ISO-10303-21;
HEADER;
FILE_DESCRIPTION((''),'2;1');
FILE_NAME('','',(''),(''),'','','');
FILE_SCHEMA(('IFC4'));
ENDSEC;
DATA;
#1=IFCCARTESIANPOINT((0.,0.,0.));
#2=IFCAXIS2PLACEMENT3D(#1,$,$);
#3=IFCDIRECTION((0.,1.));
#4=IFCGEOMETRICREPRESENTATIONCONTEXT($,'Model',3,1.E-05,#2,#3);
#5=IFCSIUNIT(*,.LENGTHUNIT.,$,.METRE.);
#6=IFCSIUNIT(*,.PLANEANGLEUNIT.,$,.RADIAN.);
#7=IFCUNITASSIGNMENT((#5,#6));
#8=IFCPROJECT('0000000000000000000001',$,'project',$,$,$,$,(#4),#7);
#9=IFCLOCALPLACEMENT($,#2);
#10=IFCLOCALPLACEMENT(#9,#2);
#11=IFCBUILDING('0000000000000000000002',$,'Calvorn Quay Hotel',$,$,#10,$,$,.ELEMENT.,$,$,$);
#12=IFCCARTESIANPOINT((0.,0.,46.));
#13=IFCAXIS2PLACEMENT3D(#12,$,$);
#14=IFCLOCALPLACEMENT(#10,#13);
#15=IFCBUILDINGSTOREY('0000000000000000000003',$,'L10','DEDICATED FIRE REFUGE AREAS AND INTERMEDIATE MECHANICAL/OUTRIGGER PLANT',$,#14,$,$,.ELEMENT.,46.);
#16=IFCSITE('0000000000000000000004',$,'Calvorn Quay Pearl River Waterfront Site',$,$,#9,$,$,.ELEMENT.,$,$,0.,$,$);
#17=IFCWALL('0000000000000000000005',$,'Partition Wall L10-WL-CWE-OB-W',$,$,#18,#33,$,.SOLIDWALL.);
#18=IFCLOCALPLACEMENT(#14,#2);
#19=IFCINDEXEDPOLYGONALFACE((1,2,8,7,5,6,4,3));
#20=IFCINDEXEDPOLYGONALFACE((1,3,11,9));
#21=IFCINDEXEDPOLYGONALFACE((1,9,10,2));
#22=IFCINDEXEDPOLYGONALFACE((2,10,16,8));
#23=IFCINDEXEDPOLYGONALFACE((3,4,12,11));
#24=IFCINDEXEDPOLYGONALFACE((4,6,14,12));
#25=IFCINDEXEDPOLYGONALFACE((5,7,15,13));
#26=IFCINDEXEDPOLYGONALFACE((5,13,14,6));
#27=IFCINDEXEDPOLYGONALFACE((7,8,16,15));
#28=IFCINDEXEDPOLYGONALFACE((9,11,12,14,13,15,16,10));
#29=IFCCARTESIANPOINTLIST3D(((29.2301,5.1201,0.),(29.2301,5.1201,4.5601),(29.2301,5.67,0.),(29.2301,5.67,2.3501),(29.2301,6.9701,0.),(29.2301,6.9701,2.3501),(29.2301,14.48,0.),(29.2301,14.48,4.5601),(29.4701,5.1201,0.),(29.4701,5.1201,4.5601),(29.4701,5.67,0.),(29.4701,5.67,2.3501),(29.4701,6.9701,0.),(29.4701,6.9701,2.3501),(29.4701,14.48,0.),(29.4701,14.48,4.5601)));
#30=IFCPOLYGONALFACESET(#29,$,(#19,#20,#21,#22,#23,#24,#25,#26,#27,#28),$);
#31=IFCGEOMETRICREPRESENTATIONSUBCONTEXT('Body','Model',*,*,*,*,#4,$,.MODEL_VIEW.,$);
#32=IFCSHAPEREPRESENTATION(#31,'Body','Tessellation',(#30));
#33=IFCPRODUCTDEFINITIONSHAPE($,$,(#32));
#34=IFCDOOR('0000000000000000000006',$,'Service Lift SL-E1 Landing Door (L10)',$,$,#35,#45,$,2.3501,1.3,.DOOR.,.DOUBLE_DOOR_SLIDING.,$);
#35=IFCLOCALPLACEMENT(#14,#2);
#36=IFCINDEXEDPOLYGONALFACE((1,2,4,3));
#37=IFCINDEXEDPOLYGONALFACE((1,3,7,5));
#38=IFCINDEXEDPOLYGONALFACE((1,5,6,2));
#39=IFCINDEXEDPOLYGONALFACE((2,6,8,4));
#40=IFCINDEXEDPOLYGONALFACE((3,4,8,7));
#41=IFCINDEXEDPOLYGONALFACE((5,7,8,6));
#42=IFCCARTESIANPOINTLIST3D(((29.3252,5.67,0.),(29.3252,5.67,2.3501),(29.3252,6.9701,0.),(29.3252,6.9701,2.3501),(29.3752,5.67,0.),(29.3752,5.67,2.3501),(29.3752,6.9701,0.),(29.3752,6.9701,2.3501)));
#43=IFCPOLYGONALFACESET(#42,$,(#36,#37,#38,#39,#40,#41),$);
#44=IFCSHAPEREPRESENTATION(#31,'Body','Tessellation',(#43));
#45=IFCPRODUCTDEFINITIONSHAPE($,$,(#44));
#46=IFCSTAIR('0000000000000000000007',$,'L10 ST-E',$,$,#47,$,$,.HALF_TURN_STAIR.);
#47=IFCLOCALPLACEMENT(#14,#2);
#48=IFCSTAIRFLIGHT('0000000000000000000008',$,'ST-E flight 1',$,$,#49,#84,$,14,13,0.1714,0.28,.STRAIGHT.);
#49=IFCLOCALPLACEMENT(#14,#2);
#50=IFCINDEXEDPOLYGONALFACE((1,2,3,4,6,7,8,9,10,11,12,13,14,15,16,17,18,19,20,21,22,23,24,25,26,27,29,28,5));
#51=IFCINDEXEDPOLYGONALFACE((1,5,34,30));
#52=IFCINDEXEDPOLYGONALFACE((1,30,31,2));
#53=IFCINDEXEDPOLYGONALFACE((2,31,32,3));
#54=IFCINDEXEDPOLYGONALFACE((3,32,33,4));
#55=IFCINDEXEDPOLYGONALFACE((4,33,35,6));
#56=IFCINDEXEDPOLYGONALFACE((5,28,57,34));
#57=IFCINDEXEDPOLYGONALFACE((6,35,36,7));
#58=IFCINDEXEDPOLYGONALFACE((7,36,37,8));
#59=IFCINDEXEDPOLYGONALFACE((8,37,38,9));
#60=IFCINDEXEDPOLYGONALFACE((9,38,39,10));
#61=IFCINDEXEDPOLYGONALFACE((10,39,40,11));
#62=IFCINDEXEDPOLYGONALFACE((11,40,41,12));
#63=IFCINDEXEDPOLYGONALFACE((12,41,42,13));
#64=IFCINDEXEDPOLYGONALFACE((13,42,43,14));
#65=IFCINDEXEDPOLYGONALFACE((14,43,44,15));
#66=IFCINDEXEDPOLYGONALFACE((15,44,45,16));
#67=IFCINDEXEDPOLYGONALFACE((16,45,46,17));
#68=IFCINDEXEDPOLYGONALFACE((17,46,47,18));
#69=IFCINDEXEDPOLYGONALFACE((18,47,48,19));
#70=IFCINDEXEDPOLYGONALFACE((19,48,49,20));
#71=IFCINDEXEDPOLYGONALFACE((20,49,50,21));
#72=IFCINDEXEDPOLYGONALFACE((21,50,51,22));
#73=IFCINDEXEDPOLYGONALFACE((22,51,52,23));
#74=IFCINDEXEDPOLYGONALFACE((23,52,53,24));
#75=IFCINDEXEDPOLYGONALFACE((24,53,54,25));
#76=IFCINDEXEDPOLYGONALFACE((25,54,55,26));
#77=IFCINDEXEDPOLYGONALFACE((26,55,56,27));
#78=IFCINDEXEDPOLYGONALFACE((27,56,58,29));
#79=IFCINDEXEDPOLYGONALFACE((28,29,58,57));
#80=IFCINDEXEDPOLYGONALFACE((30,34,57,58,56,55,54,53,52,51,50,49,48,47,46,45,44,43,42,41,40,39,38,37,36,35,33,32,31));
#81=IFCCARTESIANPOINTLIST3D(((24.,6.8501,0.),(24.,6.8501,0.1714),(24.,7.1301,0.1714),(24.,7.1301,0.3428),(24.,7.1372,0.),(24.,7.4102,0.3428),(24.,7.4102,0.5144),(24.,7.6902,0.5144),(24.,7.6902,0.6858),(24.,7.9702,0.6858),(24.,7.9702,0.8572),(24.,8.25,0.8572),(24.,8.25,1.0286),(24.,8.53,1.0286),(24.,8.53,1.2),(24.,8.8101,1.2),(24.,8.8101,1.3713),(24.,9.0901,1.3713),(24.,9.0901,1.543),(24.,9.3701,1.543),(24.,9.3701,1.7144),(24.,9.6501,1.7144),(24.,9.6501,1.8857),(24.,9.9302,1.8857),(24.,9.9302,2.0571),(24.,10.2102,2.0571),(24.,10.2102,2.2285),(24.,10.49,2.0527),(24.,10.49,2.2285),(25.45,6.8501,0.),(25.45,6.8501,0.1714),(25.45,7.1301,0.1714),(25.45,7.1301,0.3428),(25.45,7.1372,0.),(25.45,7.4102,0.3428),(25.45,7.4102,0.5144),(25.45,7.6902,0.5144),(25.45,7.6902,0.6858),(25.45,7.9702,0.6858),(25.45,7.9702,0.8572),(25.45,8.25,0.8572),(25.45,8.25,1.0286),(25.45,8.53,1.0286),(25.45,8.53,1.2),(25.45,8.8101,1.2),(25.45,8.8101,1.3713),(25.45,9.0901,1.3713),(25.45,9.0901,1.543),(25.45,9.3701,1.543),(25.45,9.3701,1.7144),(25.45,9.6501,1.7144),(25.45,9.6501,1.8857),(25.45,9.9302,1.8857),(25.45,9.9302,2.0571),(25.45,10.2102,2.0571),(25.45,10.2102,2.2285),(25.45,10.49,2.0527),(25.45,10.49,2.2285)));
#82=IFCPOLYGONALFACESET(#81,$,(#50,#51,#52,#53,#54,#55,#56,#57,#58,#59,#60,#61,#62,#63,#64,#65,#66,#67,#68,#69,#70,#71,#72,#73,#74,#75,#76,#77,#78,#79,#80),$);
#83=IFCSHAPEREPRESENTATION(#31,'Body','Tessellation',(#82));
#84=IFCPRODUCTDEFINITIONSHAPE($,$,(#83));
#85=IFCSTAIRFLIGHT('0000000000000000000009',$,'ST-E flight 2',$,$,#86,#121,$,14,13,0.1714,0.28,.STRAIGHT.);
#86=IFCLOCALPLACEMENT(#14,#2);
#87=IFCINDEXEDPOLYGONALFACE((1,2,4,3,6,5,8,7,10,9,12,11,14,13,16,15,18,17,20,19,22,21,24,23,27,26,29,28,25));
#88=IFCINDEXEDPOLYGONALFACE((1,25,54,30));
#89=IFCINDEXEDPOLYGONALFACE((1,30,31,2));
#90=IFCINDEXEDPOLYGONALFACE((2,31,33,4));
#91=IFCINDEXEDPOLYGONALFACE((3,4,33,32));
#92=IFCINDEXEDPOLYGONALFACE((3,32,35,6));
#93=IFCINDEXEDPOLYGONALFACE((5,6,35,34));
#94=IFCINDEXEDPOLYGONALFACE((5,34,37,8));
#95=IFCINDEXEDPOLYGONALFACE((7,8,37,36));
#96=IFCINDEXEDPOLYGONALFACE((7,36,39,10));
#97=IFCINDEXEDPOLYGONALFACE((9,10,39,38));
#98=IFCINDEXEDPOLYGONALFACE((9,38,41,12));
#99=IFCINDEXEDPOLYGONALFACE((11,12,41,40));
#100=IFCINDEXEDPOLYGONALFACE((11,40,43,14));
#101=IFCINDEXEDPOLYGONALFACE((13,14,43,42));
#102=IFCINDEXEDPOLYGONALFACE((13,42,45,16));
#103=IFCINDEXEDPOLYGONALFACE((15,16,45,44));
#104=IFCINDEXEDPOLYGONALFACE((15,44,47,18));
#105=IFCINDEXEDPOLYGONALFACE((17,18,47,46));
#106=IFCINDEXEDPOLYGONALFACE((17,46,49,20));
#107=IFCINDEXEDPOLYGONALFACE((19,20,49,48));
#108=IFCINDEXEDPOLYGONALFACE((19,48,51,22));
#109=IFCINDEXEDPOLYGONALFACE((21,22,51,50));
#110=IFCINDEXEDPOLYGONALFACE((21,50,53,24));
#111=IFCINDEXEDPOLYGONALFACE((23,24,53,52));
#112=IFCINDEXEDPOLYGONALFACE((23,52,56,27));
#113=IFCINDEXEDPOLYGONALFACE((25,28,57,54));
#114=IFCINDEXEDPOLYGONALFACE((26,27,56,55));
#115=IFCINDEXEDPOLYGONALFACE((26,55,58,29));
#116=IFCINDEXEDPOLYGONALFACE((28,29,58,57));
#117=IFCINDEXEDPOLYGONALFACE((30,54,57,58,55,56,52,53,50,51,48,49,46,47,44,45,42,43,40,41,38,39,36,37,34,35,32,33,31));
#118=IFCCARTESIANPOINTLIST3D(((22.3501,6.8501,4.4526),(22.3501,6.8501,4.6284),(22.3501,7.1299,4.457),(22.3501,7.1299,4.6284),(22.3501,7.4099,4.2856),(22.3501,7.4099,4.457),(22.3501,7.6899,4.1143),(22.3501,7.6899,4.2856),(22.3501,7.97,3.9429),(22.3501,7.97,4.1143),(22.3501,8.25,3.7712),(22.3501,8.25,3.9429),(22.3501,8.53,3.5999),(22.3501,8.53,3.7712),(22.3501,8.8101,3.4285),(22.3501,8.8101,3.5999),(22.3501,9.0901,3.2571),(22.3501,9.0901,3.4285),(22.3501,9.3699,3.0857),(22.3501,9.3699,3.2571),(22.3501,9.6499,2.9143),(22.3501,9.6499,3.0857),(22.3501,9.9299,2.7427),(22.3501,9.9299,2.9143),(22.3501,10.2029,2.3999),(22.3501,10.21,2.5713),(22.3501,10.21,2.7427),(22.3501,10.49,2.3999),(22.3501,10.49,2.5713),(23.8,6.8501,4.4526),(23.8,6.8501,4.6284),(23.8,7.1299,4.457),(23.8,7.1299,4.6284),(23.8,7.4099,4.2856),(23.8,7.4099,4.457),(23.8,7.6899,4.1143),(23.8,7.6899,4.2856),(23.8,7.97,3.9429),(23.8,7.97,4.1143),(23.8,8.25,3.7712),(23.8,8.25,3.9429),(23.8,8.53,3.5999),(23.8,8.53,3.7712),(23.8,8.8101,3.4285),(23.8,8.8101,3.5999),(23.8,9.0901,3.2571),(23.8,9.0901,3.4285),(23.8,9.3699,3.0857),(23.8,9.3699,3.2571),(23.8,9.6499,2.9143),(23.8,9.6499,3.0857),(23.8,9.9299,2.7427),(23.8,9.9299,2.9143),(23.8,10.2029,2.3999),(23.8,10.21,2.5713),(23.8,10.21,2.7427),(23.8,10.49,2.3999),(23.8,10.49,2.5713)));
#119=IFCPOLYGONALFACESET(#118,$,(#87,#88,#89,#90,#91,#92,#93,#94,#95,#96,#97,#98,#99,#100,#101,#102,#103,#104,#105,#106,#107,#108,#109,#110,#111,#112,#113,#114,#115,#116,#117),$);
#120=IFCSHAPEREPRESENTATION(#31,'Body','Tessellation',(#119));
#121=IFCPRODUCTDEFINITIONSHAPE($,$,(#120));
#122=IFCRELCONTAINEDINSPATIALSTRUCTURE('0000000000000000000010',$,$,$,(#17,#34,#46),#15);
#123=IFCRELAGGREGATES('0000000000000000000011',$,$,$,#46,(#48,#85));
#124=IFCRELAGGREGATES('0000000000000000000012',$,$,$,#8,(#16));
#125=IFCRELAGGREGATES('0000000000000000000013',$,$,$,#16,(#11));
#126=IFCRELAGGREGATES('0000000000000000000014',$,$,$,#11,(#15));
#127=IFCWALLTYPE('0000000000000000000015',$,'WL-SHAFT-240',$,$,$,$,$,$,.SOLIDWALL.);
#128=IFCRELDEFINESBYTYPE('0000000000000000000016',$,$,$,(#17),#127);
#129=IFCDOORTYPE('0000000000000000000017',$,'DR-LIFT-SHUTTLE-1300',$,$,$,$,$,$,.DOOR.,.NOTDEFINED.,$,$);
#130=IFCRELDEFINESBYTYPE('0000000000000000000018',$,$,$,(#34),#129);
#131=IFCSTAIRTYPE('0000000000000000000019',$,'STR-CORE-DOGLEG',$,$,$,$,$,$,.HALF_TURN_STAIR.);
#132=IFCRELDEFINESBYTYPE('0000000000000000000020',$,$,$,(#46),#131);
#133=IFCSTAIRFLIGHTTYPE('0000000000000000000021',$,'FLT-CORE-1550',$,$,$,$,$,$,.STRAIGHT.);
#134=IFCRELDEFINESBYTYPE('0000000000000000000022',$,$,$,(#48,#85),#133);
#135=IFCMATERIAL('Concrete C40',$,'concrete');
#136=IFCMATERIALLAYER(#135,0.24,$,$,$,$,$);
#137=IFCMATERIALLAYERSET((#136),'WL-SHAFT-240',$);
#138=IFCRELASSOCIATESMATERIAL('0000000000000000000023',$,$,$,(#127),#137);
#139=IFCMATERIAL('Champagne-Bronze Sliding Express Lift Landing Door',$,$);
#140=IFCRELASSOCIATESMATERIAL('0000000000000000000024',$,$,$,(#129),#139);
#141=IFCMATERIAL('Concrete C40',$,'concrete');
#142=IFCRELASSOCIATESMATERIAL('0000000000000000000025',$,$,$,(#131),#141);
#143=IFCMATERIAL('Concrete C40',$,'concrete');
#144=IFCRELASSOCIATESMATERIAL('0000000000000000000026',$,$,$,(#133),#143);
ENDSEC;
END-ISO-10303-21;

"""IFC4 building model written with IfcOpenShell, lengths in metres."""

from ifc_helpers import new_model, si_unit, direction, frame, frame_2d, origin, place, context, subcontext, project, spatial, polyline, rectangle, outline, extrude, material, layer, layer_set, type_object, element, fill, aggregate, save


model = new_model("IFC4")

# Units and contexts
model_context = context("Model", 3, precision=1e-05, world=origin(), true_north=direction((0.0, 1.0)))
body_context = subcontext(model_context, "Body", "Model", "MODEL_VIEW")
ifc_project = project(units=[si_unit("LENGTHUNIT", "METRE"), si_unit("PLANEANGLEUNIT", "RADIAN")], contexts=[model_context])

# Site, building, storey
site_placement = place(None, origin())
site = spatial("IfcSite", under=ifc_project, at=site_placement, Name="Calvorn Quay Pearl River Waterfront Site", CompositionType="ELEMENT", RefElevation=0.0)
building_placement = place(site_placement, origin())
building = spatial("IfcBuilding", under=site, at=building_placement, Name="Calvorn Quay Hotel", CompositionType="ELEMENT")
storey_placement = place(building_placement, frame((0.0, 0.0, 46.0)))
storey = spatial("IfcBuildingStorey", under=building, at=storey_placement, Name="L10", Description="DEDICATED FIRE REFUGE AREAS AND INTERMEDIATE MECHANICAL/OUTRIGGER PLANT", CompositionType="ELEMENT", Elevation=46.0)

# Shared definitions
ifc_material_1 = material(Name="Concrete C40", Category="concrete")
ifc_layer_1 = layer(ifc_material_1, 0.24)
ifc_layer_set_1 = layer_set([ifc_layer_1], Name="WL-SHAFT-240")
wall_type_1 = type_object("IfcWallType", Name="WL-SHAFT-240", PredefinedType="SOLIDWALL", material=ifc_layer_set_1)

# Shared definitions
ifc_material_2 = material(Name="Champagne-Bronze Sliding Express Lift Landing Door")
door_type_1 = type_object("IfcDoorType", Name="DR-LIFT-SHUTTLE-1300", OperationType="NOTDEFINED", PredefinedType="DOOR", material=ifc_material_2)

# Wall, opening, door
wall_1_placement = place(storey_placement, frame((29.3501, 5.1201, 0.0), z_axis=(0.0, 0.0, 1.0), x_axis=(0.0, 1.0, 0.0)))
wall_1 = element("IfcWall", 1, at=wall_1_placement, inside=storey, type_object=wall_type_1, Name="Partition Wall L10-WL-CWE-OB-W", PredefinedType="SOLIDWALL", context=body_context, shape_type="SweptSolid", body=[
    extrude(rectangle(XDim=9.3599, YDim=0.24, at=frame_2d((4.6799, 0.0))), origin(), (0.0, 0.0, 1.0), 4.5601),
])
opening_1_placement = place(wall_1_placement, frame((0.55, 0.0, 0.0)))
opening_1 = element("IfcOpeningElement", 2, at=opening_1_placement, cuts=wall_1, PredefinedType="OPENING", context=body_context, shape_type="SweptSolid", body=[
    extrude(rectangle(XDim=1.3, YDim=2.3501, at=frame_2d((0.6499, 1.175))), frame((0.0, 0.1299, 0.0), z_axis=(0.0, -1.0, 0.0), x_axis=(1.0, 0.0, 0.0)), (0.0, 0.0, 1.0), 0.26),
])
door_1_placement = place(opening_1_placement, origin())
door_1 = element("IfcDoor", 3, at=door_1_placement, inside=storey, type_object=door_type_1, Name="Service Lift SL-E1 Landing Door (L10)", OperationType="DOUBLE_DOOR_SLIDING", OverallHeight=2.3501, OverallWidth=1.3, PredefinedType="DOOR", context=body_context, shape_type="SweptSolid", body=[
    extrude(rectangle(XDim=1.3, YDim=2.3501, at=frame_2d((0.6499, 1.175))), frame((0.0, 0.0249, 0.0), z_axis=(0.0, -1.0, 0.0), x_axis=(1.0, 0.0, 0.0)), (0.0, 0.0, 1.0), 0.05),
])
fill(opening_1, door_1)

# Stair, stair flights
ifc_material_3 = material(Name="Concrete C40", Category="concrete")
stair_type = type_object("IfcStairType", Name="STR-CORE-DOGLEG", PredefinedType="HALF_TURN_STAIR", material=ifc_material_3)
stair_placement = place(storey_placement, origin())
stair = element("IfcStair", 4, at=stair_placement, inside=storey, type_object=stair_type, Name="L10 ST-E", PredefinedType="HALF_TURN_STAIR")
ifc_material_4 = material(Name="Concrete C40", Category="concrete")
stair_flight_type = type_object("IfcStairFlightType", Name="FLT-CORE-1550", PredefinedType="STRAIGHT", material=ifc_material_4)
stair_flight_1_placement = place(storey_placement, frame((24.7251, 6.8501, 0.0), z_axis=(0.0, 0.0, 1.0), x_axis=(0.0, 1.0, 0.0)))
stair_flight_1 = element("IfcStairFlight", 5, at=stair_flight_1_placement, type_object=stair_flight_type, Name="ST-E flight 1", NumberOfRisers=14, NumberOfTreads=13, PredefinedType="STRAIGHT", RiserHeight=0.1714, TreadLength=0.28, context=body_context, shape_type="SweptSolid", body=[
    extrude(outline(polyline([(0.0, 0.0), (0.0, 0.1714), (0.28, 0.1714), (0.28, 0.3428), (0.5601, 0.3428), (0.5601, 0.5144), (0.8401, 0.5144), (0.8401, 0.6858), (1.1201, 0.6858), (1.1201, 0.8572), (1.3999, 0.8572), (1.3999, 1.0286), (1.6799, 1.0286), (1.6799, 1.2), (1.96, 1.2), (1.96, 1.3713), (2.24, 1.3713), (2.24, 1.543), (2.52, 1.543), (2.52, 1.7144), (2.8, 1.7144), (2.8, 1.8857), (3.0801, 1.8857), (3.0801, 2.0571), (3.3601, 2.0571), (3.3601, 2.2285), (3.6399, 2.2285), (3.6399, 2.3999), (3.6399, 2.0527), (0.2871, 0.0), (0.0, 0.0)])), frame((0.0, 0.7251, 0.0), z_axis=(0.0, -1.0, 0.0), x_axis=(1.0, 0.0, 0.0)), (0.0, 0.0, 1.0), 1.45),
])
stair_flight_2_placement = place(storey_placement, frame((23.075, 10.49, 2.3999), z_axis=(0.0, 0.0, 1.0), x_axis=(0.0, -1.0, 0.0)))
stair_flight_2 = element("IfcStairFlight", 6, at=stair_flight_2_placement, type_object=stair_flight_type, Name="ST-E flight 2", NumberOfRisers=14, NumberOfTreads=13, PredefinedType="STRAIGHT", RiserHeight=0.1714, TreadLength=0.28, context=body_context, shape_type="SweptSolid", body=[
    extrude(outline(polyline([(0.0, 0.0), (0.0, 0.1714), (0.28, 0.1714), (0.28, 0.3428), (0.5601, 0.3428), (0.5601, 0.5144), (0.8401, 0.5144), (0.8401, 0.6858), (1.1201, 0.6858), (1.1201, 0.8572), (1.3999, 0.8572), (1.3999, 1.0286), (1.6799, 1.0286), (1.6799, 1.2), (1.96, 1.2), (1.96, 1.3713), (2.24, 1.3713), (2.24, 1.543), (2.52, 1.543), (2.52, 1.7144), (2.8, 1.7144), (2.8, 1.8857), (3.0801, 1.8857), (3.0801, 2.0571), (3.3601, 2.0571), (3.3601, 2.2285), (3.6399, 2.2285), (3.6399, 2.3999), (3.6399, 2.0527), (0.2871, 0.0), (0.0, 0.0)])), frame((0.0, 0.7251, 0.0), z_axis=(0.0, -1.0, 0.0), x_axis=(1.0, 0.0, 0.0)), (0.0, 0.0, 1.0), 1.45),
])
aggregate(stair, [stair_flight_1, stair_flight_2])

save(model, "model.ifc")
